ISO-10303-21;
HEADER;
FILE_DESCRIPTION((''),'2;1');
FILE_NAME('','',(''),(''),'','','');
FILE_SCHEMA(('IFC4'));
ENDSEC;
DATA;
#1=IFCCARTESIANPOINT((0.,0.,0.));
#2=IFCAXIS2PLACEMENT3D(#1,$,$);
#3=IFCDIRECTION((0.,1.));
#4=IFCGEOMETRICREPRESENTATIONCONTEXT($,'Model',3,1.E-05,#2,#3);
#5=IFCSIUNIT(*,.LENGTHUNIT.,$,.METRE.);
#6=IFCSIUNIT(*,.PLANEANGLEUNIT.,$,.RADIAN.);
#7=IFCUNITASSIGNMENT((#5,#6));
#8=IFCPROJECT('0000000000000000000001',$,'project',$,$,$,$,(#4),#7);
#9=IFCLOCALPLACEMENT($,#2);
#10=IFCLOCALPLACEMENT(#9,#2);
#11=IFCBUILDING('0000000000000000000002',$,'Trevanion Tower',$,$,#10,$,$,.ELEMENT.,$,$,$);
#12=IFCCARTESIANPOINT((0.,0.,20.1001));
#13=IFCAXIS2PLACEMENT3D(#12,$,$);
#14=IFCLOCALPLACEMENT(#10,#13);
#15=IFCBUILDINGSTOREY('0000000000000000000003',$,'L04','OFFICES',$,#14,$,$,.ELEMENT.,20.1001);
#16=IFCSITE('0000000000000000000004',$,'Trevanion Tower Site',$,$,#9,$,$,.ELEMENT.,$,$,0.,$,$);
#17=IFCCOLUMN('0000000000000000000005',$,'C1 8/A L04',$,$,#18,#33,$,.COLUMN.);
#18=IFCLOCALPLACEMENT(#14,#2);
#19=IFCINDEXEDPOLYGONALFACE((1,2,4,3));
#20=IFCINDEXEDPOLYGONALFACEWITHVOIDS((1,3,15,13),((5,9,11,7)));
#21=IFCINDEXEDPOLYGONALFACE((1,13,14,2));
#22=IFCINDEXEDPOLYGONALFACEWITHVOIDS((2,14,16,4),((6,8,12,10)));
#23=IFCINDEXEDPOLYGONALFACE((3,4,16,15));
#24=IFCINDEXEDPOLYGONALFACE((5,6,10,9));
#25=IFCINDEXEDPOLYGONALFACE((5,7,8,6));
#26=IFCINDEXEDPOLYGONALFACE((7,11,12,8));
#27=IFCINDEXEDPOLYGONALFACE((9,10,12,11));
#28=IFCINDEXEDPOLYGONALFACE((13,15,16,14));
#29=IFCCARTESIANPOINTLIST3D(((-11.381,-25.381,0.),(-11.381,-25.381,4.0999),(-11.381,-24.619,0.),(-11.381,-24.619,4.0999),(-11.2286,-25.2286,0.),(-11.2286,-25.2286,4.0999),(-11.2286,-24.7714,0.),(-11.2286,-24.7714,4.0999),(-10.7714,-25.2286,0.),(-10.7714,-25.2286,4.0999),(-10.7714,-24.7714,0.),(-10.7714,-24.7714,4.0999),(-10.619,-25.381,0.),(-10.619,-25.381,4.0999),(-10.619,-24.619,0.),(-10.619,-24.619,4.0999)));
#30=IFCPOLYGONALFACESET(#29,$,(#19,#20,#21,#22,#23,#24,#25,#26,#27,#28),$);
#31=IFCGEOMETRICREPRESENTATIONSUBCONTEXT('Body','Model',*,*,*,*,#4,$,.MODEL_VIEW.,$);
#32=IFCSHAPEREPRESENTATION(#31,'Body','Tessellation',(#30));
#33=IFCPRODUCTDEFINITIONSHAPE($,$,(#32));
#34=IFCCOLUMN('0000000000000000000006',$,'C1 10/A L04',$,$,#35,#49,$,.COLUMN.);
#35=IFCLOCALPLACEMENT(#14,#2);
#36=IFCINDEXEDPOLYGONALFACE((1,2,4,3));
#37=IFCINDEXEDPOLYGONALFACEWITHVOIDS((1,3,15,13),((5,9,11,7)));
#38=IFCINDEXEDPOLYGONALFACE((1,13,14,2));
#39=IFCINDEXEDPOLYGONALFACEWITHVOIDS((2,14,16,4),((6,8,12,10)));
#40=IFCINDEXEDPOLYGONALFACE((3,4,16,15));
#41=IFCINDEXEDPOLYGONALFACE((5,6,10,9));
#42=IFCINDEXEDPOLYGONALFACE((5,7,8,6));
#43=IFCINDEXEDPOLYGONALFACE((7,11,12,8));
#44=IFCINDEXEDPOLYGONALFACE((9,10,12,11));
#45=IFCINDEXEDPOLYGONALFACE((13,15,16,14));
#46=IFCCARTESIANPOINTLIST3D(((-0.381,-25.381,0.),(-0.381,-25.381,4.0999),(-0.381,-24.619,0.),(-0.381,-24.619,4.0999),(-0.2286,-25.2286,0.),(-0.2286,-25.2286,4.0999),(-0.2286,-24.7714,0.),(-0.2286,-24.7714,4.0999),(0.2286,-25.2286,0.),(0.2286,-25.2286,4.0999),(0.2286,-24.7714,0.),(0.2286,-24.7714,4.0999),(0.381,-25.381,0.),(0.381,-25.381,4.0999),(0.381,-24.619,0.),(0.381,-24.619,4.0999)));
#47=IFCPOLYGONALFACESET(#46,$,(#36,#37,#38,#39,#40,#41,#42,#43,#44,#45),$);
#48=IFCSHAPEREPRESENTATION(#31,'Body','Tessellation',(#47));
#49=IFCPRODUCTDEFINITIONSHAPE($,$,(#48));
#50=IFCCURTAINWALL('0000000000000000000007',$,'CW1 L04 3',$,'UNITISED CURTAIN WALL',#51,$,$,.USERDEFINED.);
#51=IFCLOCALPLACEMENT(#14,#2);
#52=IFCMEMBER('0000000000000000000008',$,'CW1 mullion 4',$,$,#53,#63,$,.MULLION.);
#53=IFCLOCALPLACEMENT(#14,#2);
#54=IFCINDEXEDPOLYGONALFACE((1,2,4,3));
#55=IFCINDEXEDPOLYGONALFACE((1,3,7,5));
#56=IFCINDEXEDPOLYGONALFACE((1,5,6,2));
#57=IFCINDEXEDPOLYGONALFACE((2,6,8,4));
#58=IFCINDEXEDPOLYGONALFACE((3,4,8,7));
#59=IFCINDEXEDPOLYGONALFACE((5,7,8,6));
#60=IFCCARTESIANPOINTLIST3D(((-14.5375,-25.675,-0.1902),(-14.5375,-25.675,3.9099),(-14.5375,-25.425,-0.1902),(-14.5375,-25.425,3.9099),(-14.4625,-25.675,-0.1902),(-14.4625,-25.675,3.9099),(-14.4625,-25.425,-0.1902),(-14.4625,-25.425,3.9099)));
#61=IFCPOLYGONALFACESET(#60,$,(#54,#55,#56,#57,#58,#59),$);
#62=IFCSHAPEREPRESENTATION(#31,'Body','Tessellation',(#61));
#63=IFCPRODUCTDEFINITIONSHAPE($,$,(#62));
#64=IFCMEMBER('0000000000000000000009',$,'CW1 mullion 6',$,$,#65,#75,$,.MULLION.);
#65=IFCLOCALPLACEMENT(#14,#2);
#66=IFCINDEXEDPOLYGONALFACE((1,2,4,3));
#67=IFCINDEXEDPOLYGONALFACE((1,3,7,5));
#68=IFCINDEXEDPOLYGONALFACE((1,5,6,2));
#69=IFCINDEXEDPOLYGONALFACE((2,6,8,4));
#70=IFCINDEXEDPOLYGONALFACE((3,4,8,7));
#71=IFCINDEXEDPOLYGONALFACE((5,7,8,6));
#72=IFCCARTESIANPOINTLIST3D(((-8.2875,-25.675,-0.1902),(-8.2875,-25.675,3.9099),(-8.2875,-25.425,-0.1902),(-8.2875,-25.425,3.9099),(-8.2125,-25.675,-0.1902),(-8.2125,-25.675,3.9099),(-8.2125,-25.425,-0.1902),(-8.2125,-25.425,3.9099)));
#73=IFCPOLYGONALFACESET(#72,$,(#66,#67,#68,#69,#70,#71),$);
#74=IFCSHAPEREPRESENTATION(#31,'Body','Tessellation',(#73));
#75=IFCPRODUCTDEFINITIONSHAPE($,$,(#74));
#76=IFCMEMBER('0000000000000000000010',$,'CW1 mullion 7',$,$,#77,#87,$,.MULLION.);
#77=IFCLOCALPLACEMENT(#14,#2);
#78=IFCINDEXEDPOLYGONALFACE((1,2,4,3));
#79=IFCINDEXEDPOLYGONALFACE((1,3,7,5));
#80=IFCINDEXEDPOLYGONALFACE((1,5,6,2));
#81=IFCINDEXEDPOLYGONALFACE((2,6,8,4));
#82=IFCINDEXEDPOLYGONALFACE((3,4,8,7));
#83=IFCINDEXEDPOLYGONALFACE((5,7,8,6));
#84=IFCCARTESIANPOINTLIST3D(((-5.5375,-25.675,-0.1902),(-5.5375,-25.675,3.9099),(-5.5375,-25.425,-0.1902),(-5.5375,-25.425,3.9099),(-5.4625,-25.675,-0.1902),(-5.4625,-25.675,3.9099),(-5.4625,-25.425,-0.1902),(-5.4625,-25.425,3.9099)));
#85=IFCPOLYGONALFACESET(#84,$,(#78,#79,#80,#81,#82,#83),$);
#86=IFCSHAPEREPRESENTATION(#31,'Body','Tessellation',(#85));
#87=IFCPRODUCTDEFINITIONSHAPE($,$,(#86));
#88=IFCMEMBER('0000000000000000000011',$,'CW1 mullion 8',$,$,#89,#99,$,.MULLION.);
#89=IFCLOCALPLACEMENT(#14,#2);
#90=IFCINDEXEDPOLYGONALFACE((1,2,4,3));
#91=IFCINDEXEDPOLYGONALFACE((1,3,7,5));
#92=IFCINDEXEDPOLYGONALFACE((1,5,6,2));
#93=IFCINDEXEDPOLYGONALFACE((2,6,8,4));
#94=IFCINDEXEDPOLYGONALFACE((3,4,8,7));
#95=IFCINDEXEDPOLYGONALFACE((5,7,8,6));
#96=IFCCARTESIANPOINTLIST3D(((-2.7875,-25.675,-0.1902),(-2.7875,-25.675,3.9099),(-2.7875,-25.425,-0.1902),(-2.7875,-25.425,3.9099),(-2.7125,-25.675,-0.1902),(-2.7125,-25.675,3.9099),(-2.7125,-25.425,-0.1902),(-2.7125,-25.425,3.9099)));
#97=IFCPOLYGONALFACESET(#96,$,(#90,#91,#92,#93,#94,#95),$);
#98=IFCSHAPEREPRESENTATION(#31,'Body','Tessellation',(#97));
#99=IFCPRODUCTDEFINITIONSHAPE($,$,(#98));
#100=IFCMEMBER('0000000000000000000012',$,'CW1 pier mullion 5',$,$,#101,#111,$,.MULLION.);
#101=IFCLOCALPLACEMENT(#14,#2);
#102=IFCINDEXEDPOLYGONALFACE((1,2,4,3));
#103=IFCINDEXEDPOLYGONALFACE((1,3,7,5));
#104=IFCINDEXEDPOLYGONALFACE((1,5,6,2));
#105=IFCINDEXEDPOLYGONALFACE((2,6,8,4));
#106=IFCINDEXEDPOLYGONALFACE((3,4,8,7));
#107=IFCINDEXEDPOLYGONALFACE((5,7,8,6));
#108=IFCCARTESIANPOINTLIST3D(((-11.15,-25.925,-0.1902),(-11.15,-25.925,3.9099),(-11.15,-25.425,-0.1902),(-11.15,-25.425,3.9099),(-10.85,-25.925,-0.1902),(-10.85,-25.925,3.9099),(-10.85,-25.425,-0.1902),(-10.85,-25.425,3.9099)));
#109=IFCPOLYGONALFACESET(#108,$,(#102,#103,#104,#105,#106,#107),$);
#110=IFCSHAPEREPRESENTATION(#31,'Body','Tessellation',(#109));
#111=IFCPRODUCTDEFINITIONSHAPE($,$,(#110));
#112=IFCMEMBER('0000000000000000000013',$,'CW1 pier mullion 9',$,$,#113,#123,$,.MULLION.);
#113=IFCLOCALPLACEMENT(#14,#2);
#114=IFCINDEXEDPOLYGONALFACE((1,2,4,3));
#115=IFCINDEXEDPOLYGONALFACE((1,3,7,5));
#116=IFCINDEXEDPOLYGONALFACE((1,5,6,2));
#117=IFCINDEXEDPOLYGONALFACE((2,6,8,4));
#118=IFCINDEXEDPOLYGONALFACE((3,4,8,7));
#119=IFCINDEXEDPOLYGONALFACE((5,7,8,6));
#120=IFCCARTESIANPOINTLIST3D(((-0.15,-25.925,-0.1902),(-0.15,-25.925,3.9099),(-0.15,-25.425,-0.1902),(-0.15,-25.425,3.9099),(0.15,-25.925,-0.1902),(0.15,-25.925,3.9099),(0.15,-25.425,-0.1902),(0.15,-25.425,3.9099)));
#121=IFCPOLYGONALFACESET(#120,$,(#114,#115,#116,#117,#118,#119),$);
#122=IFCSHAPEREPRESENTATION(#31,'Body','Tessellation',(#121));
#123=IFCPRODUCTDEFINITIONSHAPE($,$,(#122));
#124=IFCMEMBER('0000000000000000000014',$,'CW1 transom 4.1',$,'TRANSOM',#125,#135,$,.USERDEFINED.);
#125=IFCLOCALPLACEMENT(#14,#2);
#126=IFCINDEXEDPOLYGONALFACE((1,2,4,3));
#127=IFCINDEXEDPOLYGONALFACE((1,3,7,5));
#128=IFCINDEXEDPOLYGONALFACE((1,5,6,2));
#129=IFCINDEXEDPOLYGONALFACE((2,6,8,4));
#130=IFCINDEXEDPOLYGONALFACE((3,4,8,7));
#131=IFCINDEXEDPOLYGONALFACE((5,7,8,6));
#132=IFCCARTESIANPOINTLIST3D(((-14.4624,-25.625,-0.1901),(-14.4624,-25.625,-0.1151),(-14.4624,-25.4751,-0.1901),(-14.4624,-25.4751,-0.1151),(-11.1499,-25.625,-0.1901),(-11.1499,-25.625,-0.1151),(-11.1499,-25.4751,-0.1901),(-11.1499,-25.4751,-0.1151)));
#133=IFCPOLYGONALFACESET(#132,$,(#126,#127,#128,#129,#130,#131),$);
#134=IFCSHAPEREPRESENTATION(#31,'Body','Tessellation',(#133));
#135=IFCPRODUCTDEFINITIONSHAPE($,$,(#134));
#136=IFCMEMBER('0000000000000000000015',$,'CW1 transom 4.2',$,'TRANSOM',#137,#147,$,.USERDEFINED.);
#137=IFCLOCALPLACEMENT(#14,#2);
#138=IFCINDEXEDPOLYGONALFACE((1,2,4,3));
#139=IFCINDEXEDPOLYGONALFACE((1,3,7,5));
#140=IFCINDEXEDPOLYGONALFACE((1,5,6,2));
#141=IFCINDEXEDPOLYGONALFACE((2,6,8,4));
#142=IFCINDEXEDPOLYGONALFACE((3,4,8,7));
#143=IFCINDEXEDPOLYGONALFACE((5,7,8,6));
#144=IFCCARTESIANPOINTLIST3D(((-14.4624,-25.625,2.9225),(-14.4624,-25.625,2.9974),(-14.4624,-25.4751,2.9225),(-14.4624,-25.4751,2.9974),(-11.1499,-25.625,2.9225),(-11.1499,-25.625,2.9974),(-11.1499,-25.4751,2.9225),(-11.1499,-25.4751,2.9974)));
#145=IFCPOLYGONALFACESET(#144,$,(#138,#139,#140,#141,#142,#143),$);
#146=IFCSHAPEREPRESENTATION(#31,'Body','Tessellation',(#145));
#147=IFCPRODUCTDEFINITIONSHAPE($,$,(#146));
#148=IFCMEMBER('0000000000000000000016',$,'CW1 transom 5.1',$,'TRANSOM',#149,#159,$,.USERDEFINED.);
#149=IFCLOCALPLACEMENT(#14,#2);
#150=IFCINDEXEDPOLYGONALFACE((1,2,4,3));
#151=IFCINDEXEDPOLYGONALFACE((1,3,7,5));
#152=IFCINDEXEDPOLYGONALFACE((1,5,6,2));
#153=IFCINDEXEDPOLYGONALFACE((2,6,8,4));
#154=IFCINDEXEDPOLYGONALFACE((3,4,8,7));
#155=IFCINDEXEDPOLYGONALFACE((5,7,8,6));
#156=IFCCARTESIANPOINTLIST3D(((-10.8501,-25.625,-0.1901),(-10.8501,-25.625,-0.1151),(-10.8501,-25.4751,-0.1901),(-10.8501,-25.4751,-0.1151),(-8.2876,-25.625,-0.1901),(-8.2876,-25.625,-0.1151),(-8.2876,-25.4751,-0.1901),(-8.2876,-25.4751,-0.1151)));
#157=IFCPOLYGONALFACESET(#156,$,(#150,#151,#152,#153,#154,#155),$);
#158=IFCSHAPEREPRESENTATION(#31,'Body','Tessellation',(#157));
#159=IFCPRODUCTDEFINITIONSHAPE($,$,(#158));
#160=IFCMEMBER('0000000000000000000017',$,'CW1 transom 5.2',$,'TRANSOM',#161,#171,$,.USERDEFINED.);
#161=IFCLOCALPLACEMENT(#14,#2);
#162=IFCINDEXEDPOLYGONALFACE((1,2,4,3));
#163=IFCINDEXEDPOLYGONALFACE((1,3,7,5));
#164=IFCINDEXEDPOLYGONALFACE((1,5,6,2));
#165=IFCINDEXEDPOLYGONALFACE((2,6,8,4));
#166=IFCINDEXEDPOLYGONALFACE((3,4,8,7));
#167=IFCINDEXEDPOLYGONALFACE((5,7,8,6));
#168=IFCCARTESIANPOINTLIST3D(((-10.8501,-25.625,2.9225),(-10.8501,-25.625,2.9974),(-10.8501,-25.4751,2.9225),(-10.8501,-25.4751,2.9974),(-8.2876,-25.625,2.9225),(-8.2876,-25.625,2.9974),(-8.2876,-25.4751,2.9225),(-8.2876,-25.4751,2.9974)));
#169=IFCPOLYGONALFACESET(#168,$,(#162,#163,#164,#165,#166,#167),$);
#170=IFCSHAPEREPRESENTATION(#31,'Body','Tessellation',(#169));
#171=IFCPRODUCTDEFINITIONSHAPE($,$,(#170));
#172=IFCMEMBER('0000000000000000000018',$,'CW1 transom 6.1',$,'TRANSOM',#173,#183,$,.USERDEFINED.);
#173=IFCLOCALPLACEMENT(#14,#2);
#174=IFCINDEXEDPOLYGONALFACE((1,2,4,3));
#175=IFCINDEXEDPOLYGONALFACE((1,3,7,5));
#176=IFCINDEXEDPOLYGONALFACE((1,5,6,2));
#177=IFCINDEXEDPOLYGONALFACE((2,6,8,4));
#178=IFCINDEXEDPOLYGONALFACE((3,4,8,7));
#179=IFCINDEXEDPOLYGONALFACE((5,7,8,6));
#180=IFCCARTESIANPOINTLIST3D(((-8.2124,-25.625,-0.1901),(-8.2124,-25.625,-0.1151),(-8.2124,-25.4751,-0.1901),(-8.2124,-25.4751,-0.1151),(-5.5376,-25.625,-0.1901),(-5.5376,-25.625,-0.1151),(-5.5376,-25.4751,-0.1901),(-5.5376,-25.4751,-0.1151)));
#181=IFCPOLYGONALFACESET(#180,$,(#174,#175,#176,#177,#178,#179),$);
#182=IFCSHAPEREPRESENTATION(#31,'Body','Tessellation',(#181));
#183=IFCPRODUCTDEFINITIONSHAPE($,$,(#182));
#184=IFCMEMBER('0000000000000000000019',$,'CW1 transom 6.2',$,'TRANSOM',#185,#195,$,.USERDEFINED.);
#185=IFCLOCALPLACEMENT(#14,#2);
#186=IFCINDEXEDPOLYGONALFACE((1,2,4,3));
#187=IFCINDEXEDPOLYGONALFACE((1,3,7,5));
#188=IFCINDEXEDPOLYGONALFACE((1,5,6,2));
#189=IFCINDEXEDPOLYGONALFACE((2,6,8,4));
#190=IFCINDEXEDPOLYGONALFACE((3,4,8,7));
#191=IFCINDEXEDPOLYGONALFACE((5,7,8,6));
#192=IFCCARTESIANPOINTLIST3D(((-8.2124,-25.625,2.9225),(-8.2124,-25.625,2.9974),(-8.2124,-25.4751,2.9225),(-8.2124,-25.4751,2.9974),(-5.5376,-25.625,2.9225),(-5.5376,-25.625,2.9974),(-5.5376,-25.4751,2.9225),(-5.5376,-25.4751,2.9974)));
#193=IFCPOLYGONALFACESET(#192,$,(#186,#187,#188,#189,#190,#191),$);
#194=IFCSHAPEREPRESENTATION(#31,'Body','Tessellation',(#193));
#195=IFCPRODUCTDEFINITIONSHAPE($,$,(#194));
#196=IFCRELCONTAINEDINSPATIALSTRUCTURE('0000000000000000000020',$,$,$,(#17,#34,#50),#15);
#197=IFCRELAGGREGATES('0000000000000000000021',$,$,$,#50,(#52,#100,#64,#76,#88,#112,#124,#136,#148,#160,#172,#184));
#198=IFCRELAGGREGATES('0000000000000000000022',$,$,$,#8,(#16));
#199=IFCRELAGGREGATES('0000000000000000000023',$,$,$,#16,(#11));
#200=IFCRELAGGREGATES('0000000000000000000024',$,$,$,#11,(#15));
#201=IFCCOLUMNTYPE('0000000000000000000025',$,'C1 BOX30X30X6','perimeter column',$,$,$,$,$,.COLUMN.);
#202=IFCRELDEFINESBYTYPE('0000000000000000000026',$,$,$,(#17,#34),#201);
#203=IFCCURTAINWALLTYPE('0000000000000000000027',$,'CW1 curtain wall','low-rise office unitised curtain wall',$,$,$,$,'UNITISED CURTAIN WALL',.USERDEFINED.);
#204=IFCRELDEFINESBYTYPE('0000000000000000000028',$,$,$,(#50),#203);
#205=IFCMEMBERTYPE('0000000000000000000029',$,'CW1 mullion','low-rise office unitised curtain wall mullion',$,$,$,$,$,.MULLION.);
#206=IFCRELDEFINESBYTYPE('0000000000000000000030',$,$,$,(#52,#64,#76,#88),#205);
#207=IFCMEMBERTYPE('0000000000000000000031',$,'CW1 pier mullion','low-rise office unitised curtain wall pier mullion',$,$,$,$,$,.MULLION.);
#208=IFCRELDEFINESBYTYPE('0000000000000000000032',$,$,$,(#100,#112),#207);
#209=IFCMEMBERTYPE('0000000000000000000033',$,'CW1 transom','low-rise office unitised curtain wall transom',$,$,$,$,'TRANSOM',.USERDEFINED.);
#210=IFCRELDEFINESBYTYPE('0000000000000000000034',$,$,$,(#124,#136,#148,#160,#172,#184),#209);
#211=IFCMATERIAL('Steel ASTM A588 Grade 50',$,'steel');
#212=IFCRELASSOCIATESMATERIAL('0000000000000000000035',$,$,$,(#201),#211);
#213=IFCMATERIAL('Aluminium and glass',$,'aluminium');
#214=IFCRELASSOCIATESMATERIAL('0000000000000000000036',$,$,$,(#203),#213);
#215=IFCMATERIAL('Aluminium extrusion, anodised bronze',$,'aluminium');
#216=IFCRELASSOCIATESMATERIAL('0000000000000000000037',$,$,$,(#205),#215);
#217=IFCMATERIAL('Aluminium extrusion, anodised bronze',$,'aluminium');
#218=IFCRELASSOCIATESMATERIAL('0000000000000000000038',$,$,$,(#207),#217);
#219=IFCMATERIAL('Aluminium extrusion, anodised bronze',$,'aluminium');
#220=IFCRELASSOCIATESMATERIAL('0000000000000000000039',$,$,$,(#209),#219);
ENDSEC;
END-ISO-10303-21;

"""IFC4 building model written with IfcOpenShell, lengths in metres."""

from ifc_helpers import new_model, si_unit, direction, frame, origin, origin_2d, place, context, subcontext, project, spatial, rectangle, hollow_rectangle, extrude, material, material_profile, profile_set, type_object, element, aggregate, save


model = new_model("IFC4")

# Units and contexts
model_context = context("Model", 3, precision=1e-05, world=origin(), true_north=direction((0.0, 1.0)))
body_context = subcontext(model_context, "Body", "Model", "MODEL_VIEW")
ifc_project = project(units=[si_unit("LENGTHUNIT", "METRE"), si_unit("PLANEANGLEUNIT", "RADIAN")], contexts=[model_context])

# Site, building, storey
site_placement = place(None, origin())
site = spatial("IfcSite", under=ifc_project, at=site_placement, Name="Trevanion Tower Site", CompositionType="ELEMENT", RefElevation=0.0)
building_placement = place(site_placement, origin())
building = spatial("IfcBuilding", under=site, at=building_placement, Name="Trevanion Tower", CompositionType="ELEMENT")
storey_placement = place(building_placement, frame((0.0, 0.0, 20.1001)))
storey = spatial("IfcBuildingStorey", under=building, at=storey_placement, Name="L04", Description="OFFICES", CompositionType="ELEMENT", Elevation=20.1001)

# Columns
ifc_material_1 = material(Name="Steel ASTM A588 Grade 50", Category="steel")
ifc_material_profile_1 = material_profile(ifc_material_1, hollow_rectangle(XDim=0.762, YDim=0.762, WallThickness=0.1523, at=origin_2d()), Name="BOX30X30X6")
ifc_profile_set_1 = profile_set([ifc_material_profile_1], Name="Steel ASTM A588 Grade 50")
column_type = type_object("IfcColumnType", Name="C1 BOX30X30X6", Description="perimeter column", PredefinedType="COLUMN", material=ifc_profile_set_1)
for number, where, z_axis, x_axis, name in (
    (1, (-11.0, -25.0, 0.0), (0.0, 0.0, 1.0), (1.0, 0.0, 0.0), "C1 8/A L04"),
    (2, (0.0, -25.0, 0.0), (0.0, 0.0, 1.0), (1.0, 0.0, 0.0), "C1 10/A L04"),
):
    element("IfcColumn", number, at=place(storey_placement, frame(where, z_axis=z_axis, x_axis=x_axis)), inside=storey, type_object=column_type, Name=name, PredefinedType="COLUMN", context=body_context, shape_type="SweptSolid", body=[
        extrude(hollow_rectangle(XDim=0.762, YDim=0.762, WallThickness=0.1523, at=origin_2d()), origin(), (0.0, 0.0, 1.0), 4.0999),
    ])

# Curtain wall, members
ifc_material_2 = material(Name="Aluminium and glass", Category="aluminium")
curtain_wall_type = type_object("IfcCurtainWallType", Name="CW1 curtain wall", Description="low-rise office unitised curtain wall", ElementType="UNITISED CURTAIN WALL", PredefinedType="USERDEFINED", material=ifc_material_2)
curtain_wall_placement = place(storey_placement, origin())
curtain_wall = element("IfcCurtainWall", 3, at=curtain_wall_placement, inside=storey, type_object=curtain_wall_type, Name="CW1 L04 3", ObjectType="UNITISED CURTAIN WALL", PredefinedType="USERDEFINED")
ifc_material_3 = material(Name="Aluminium extrusion, anodised bronze", Category="aluminium")
ifc_material_profile_2 = material_profile(ifc_material_3, rectangle(XDim=0.075, YDim=0.25, at=origin_2d()), Name="CW1 mullion")
ifc_profile_set_2 = profile_set([ifc_material_profile_2], Name="Aluminium extrusion, anodised bronze")
member_type_1 = type_object("IfcMemberType", Name="CW1 mullion", Description="low-rise office unitised curtain wall mullion", PredefinedType="MULLION", material=ifc_profile_set_2)
member_1_placement = place(storey_placement, frame((-14.5, -25.55, -0.1902), z_axis=(0.0, 0.0, 1.0), x_axis=(1.0, 0.0, 0.0)))
member_1 = element("IfcMember", 4, at=member_1_placement, type_object=member_type_1, Name="CW1 mullion 4", PredefinedType="MULLION", context=body_context, shape_type="SweptSolid", body=[
    extrude(rectangle(XDim=0.075, YDim=0.25, at=origin_2d()), origin(), (0.0, 0.0, 1.0), 4.1001),
])
member_2_placement = place(storey_placement, frame((-8.25, -25.55, -0.1902), z_axis=(0.0, 0.0, 1.0), x_axis=(1.0, 0.0, 0.0)))
member_2 = element("IfcMember", 5, at=member_2_placement, type_object=member_type_1, Name="CW1 mullion 6", PredefinedType="MULLION", context=body_context, shape_type="SweptSolid", body=[
    extrude(rectangle(XDim=0.075, YDim=0.25, at=origin_2d()), origin(), (0.0, 0.0, 1.0), 4.1001),
])
member_3_placement = place(storey_placement, frame((-5.5, -25.55, -0.1902), z_axis=(0.0, 0.0, 1.0), x_axis=(1.0, 0.0, 0.0)))
member_3 = element("IfcMember", 6, at=member_3_placement, type_object=member_type_1, Name="CW1 mullion 7", PredefinedType="MULLION", context=body_context, shape_type="SweptSolid", body=[
    extrude(rectangle(XDim=0.075, YDim=0.25, at=origin_2d()), origin(), (0.0, 0.0, 1.0), 4.1001),
])
member_4_placement = place(storey_placement, frame((-2.75, -25.55, -0.1902), z_axis=(0.0, 0.0, 1.0), x_axis=(1.0, 0.0, 0.0)))
member_4 = element("IfcMember", 7, at=member_4_placement, type_object=member_type_1, Name="CW1 mullion 8", PredefinedType="MULLION", context=body_context, shape_type="SweptSolid", body=[
    extrude(rectangle(XDim=0.075, YDim=0.25, at=origin_2d()), origin(), (0.0, 0.0, 1.0), 4.1001),
])
ifc_material_4 = material(Name="Aluminium extrusion, anodised bronze", Category="aluminium")
ifc_material_profile_3 = material_profile(ifc_material_4, rectangle(XDim=0.3, YDim=0.5, at=origin_2d()), Name="CW1 pier mullion")
ifc_profile_set_3 = profile_set([ifc_material_profile_3], Name="Aluminium extrusion, anodised bronze")
member_type_2 = type_object("IfcMemberType", Name="CW1 pier mullion", Description="low-rise office unitised curtain wall pier mullion", PredefinedType="MULLION", material=ifc_profile_set_3)
member_5_placement = place(storey_placement, frame((-11.0, -25.675, -0.1902), z_axis=(0.0, 0.0, 1.0), x_axis=(1.0, 0.0, 0.0)))
member_5 = element("IfcMember", 8, at=member_5_placement, type_object=member_type_2, Name="CW1 pier mullion 5", PredefinedType="MULLION", context=body_context, shape_type="SweptSolid", body=[
    extrude(rectangle(XDim=0.3, YDim=0.5, at=origin_2d()), origin(), (0.0, 0.0, 1.0), 4.1001),
])
member_6_placement = place(storey_placement, frame((0.0, -25.675, -0.1902), z_axis=(0.0, 0.0, 1.0), x_axis=(1.0, 0.0, 0.0)))
member_6 = element("IfcMember", 9, at=member_6_placement, type_object=member_type_2, Name="CW1 pier mullion 9", PredefinedType="MULLION", context=body_context, shape_type="SweptSolid", body=[
    extrude(rectangle(XDim=0.3, YDim=0.5, at=origin_2d()), origin(), (0.0, 0.0, 1.0), 4.1001),
])
ifc_material_5 = material(Name="Aluminium extrusion, anodised bronze", Category="aluminium")
ifc_material_profile_4 = material_profile(ifc_material_5, rectangle(XDim=0.1499, YDim=0.075, at=origin_2d()), Name="CW1 transom")
ifc_profile_set_4 = profile_set([ifc_material_profile_4], Name="Aluminium extrusion, anodised bronze")
member_type_3 = type_object("IfcMemberType", Name="CW1 transom", Description="low-rise office unitised curtain wall transom", ElementType="TRANSOM", PredefinedType="USERDEFINED", material=ifc_profile_set_4)
member_7_placement = place(storey_placement, frame((-14.4624, -25.55, -0.1526), z_axis=(1.0, 0.0, 0.0), x_axis=(0.0, 1.0, 0.0)))
member_7 = element("IfcMember", 10, at=member_7_placement, type_object=member_type_3, Name="CW1 transom 4.1", ObjectType="TRANSOM", PredefinedType="USERDEFINED", context=body_context, shape_type="SweptSolid", body=[
    extrude(rectangle(XDim=0.1499, YDim=0.075, at=origin_2d()), origin(), (0.0, 0.0, 1.0), 3.3125),
])
member_8_placement = place(storey_placement, frame((-14.4624, -25.55, 2.96), z_axis=(1.0, 0.0, 0.0), x_axis=(0.0, 1.0, 0.0)))
member_8 = element("IfcMember", 11, at=member_8_placement, type_object=member_type_3, Name="CW1 transom 4.2", ObjectType="TRANSOM", PredefinedType="USERDEFINED", context=body_context, shape_type="SweptSolid", body=[
    extrude(rectangle(XDim=0.1499, YDim=0.075, at=origin_2d()), origin(), (0.0, 0.0, 1.0), 3.3125),
])
member_9_placement = place(storey_placement, frame((-10.8501, -25.55, -0.1526), z_axis=(1.0, 0.0, 0.0), x_axis=(0.0, 1.0, 0.0)))
member_9 = element("IfcMember", 12, at=member_9_placement, type_object=member_type_3, Name="CW1 transom 5.1", ObjectType="TRANSOM", PredefinedType="USERDEFINED", context=body_context, shape_type="SweptSolid", body=[
    extrude(rectangle(XDim=0.1499, YDim=0.075, at=origin_2d()), origin(), (0.0, 0.0, 1.0), 2.5625),
])
member_10_placement = place(storey_placement, frame((-10.8501, -25.55, 2.96), z_axis=(1.0, 0.0, 0.0), x_axis=(0.0, 1.0, 0.0)))
member_10 = element("IfcMember", 13, at=member_10_placement, type_object=member_type_3, Name="CW1 transom 5.2", ObjectType="TRANSOM", PredefinedType="USERDEFINED", context=body_context, shape_type="SweptSolid", body=[
    extrude(rectangle(XDim=0.1499, YDim=0.075, at=origin_2d()), origin(), (0.0, 0.0, 1.0), 2.5625),
])
member_11_placement = place(storey_placement, frame((-8.2124, -25.55, -0.1526), z_axis=(1.0, 0.0, 0.0), x_axis=(0.0, 1.0, 0.0)))
member_11 = element("IfcMember", 14, at=member_11_placement, type_object=member_type_3, Name="CW1 transom 6.1", ObjectType="TRANSOM", PredefinedType="USERDEFINED", context=body_context, shape_type="SweptSolid", body=[
    extrude(rectangle(XDim=0.1499, YDim=0.075, at=origin_2d()), origin(), (0.0, 0.0, 1.0), 2.6748),
])
member_12_placement = place(storey_placement, frame((-8.2124, -25.55, 2.96), z_axis=(1.0, 0.0, 0.0), x_axis=(0.0, 1.0, 0.0)))
member_12 = element("IfcMember", 15, at=member_12_placement, type_object=member_type_3, Name="CW1 transom 6.2", ObjectType="TRANSOM", PredefinedType="USERDEFINED", context=body_context, shape_type="SweptSolid", body=[
    extrude(rectangle(XDim=0.1499, YDim=0.075, at=origin_2d()), origin(), (0.0, 0.0, 1.0), 2.6748),
])

aggregate(curtain_wall, [member_1, member_5, member_2, member_3, member_4, member_6, member_7, member_8, member_9, member_10, member_11, member_12])

save(model, "model.ifc")
